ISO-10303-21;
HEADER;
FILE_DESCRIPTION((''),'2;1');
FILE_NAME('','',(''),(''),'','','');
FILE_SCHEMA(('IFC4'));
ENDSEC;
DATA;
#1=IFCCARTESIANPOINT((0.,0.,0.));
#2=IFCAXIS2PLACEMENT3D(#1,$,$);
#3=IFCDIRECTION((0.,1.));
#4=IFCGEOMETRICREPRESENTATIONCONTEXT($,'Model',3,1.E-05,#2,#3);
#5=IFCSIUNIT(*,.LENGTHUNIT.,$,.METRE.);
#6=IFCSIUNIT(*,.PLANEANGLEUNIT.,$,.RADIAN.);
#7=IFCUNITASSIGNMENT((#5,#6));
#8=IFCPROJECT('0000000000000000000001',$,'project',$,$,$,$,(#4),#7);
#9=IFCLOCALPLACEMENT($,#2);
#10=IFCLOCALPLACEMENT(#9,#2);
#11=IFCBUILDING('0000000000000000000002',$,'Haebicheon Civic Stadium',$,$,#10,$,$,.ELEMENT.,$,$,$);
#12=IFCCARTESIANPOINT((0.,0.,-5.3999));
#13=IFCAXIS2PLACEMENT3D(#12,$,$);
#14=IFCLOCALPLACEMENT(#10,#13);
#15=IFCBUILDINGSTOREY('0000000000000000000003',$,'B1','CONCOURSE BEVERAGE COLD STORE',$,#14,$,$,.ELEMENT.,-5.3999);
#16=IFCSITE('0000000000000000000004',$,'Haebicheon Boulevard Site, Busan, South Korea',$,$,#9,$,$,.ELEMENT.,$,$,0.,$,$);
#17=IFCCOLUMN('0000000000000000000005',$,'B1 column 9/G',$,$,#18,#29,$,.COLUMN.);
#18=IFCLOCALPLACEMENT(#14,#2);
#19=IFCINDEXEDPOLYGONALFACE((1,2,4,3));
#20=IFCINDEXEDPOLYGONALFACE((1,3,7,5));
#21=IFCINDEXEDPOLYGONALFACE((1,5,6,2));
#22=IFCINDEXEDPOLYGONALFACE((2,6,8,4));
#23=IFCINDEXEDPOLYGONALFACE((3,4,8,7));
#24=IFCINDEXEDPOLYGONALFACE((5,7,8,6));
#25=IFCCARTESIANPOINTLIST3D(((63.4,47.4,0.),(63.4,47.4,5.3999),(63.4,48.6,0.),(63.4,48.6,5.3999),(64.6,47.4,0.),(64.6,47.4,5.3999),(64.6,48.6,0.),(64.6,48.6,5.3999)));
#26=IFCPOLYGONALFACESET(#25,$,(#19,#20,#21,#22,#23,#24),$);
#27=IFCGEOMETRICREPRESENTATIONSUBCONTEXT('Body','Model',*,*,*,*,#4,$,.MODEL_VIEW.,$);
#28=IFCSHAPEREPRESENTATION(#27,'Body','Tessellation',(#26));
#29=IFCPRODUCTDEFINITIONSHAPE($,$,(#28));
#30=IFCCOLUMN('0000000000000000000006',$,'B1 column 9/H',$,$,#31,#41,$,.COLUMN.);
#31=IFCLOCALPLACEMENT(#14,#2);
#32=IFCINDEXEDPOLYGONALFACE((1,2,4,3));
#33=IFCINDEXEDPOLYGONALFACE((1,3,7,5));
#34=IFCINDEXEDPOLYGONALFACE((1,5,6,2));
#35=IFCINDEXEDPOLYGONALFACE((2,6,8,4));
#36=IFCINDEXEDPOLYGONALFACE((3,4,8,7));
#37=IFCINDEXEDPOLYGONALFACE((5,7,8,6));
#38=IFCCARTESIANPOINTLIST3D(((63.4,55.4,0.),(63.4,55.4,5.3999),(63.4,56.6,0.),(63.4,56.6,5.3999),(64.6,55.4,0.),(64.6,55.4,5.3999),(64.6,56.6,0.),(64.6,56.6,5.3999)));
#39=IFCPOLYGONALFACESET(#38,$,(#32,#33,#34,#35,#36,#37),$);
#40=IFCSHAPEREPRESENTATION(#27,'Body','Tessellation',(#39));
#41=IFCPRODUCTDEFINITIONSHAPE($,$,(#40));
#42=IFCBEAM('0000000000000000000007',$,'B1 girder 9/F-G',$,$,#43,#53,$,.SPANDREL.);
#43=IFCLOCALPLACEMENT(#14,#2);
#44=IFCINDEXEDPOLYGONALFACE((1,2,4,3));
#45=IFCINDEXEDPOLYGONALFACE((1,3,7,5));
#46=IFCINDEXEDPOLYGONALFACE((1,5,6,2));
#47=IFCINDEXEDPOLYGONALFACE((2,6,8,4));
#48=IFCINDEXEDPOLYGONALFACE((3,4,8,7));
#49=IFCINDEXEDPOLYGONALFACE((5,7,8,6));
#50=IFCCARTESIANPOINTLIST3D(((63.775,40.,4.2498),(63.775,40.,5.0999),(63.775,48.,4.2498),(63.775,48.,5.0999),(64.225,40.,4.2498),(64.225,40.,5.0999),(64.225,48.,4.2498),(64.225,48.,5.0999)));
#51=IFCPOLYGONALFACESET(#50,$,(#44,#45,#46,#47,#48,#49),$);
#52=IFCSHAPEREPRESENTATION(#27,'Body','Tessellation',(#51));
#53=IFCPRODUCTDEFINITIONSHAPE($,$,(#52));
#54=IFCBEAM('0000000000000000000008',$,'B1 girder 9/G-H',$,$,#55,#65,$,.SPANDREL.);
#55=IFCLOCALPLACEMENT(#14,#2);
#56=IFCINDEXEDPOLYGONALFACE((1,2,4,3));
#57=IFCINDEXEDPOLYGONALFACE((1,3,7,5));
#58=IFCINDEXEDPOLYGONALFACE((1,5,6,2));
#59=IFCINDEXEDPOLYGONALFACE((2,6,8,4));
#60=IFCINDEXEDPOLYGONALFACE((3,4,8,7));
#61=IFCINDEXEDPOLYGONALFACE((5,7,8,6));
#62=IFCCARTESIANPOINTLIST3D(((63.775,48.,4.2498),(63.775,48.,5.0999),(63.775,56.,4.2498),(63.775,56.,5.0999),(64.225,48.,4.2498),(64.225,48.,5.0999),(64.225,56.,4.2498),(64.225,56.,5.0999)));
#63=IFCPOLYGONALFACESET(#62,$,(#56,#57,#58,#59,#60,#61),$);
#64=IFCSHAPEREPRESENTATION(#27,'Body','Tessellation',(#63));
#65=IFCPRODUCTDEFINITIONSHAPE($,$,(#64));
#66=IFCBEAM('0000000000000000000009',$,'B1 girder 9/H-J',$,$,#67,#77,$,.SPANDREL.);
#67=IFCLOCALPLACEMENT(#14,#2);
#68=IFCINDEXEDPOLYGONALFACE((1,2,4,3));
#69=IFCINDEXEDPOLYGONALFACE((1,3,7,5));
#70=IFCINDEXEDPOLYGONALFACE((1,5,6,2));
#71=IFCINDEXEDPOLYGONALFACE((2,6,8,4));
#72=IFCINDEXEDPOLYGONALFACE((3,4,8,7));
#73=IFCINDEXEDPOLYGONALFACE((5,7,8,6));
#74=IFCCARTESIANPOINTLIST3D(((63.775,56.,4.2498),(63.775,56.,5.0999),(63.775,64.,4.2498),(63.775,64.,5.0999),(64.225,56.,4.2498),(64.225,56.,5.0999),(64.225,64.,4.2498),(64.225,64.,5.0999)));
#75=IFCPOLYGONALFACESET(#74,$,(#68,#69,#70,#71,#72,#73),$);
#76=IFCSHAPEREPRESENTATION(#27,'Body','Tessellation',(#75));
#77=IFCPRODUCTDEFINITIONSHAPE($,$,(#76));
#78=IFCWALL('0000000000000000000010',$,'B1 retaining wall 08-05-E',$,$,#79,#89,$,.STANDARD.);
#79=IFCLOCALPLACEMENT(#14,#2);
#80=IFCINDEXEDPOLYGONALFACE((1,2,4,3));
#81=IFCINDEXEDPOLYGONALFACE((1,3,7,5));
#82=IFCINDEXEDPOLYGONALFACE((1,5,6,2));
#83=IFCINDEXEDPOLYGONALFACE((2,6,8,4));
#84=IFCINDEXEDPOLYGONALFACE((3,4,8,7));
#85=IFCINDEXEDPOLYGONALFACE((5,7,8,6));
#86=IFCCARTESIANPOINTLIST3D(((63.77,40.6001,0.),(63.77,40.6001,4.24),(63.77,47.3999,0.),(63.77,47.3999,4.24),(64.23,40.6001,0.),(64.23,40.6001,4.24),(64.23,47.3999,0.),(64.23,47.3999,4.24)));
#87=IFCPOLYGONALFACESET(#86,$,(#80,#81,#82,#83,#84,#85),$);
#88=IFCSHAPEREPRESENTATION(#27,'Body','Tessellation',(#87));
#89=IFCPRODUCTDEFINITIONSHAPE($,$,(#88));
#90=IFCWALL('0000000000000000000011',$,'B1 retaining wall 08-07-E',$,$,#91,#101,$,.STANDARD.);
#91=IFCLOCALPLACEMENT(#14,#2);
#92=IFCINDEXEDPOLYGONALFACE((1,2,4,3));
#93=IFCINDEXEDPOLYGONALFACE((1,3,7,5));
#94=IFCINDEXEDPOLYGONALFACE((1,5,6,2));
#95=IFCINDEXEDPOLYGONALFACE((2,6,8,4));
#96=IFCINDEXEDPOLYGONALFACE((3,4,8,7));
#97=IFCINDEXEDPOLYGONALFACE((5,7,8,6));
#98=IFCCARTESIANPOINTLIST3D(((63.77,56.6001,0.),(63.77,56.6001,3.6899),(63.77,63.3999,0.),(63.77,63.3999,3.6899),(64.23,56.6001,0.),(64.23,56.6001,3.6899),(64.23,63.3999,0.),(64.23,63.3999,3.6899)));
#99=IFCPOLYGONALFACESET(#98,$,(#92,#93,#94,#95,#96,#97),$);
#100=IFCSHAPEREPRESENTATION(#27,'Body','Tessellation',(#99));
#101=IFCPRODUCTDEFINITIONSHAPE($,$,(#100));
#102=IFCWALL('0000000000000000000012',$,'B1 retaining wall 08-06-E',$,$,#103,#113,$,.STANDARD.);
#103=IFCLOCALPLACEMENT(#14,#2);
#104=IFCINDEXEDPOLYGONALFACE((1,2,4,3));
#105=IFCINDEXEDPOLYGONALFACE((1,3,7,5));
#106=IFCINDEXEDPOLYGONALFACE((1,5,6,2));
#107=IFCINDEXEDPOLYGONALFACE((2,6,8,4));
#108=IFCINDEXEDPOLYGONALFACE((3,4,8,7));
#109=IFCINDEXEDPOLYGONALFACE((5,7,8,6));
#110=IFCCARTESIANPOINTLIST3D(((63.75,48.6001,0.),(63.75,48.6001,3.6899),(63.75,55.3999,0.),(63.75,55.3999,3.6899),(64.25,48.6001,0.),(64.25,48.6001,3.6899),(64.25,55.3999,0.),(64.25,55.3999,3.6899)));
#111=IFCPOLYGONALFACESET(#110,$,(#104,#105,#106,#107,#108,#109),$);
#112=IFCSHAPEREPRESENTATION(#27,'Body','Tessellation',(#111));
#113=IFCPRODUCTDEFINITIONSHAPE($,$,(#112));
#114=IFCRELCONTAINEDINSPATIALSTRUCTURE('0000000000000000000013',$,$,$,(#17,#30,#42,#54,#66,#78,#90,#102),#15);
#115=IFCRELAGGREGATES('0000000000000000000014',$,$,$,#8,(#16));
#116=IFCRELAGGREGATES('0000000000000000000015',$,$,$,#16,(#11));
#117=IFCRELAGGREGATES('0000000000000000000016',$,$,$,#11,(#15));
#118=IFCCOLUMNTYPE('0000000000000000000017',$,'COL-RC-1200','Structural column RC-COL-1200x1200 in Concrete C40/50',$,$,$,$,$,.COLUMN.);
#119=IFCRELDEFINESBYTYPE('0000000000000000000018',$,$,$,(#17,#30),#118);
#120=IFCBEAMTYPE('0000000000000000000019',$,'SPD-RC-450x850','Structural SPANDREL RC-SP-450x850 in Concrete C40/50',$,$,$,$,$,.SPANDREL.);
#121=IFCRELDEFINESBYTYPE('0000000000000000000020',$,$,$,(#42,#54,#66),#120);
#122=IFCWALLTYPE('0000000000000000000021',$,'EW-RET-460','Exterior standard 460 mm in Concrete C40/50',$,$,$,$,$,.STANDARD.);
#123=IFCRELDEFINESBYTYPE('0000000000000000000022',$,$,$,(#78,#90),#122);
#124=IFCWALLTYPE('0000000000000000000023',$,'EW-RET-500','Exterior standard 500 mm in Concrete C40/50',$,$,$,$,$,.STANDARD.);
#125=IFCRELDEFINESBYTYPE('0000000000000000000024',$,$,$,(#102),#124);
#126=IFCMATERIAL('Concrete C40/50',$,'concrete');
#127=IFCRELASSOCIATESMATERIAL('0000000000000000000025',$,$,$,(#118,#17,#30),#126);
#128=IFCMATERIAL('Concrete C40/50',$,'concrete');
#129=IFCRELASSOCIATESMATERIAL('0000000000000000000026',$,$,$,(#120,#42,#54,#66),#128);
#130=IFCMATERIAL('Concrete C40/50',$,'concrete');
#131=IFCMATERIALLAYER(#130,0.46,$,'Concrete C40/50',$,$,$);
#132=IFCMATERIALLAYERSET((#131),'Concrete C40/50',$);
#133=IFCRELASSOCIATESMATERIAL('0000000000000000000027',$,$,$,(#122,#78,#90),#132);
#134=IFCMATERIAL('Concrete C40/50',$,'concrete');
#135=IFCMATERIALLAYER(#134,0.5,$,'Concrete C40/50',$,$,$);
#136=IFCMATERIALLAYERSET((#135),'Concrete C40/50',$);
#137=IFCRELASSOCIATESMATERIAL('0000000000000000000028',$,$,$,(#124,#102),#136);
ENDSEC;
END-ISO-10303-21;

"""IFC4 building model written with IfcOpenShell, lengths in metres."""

from ifc_helpers import new_model, si_unit, direction, frame, frame_2d, origin, origin_2d, place, context, subcontext, project, spatial, rectangle, extrude, material, layer, layer_set, material_profile, profile_set, type_object, element, save


model = new_model("IFC4")

# Units and contexts
model_context = context("Model", 3, precision=1e-05, world=origin(), true_north=direction((0.0, 1.0)))
body_context = subcontext(model_context, "Body", "Model", "MODEL_VIEW")
ifc_project = project(units=[si_unit("LENGTHUNIT", "METRE"), si_unit("PLANEANGLEUNIT", "RADIAN")], contexts=[model_context])

# Site, building, storey
site_placement = place(None, origin())
site = spatial("IfcSite", under=ifc_project, at=site_placement, Name="Haebicheon Boulevard Site, Busan, South Korea", CompositionType="ELEMENT", RefElevation=0.0)
building_placement = place(site_placement, origin())
building = spatial("IfcBuilding", under=site, at=building_placement, Name="Haebicheon Civic Stadium", CompositionType="ELEMENT")
storey_placement = place(building_placement, frame((0.0, 0.0, -5.3999)))
storey = spatial("IfcBuildingStorey", under=building, at=storey_placement, Name="B1", Description="CONCOURSE BEVERAGE COLD STORE", CompositionType="ELEMENT", Elevation=-5.3999)

# Columns
ifc_material_1 = material(Name="Concrete C40/50", Category="concrete")
ifc_material_profile_1 = material_profile(ifc_material_1, rectangle(XDim=1.2, YDim=1.2, at=origin_2d()), Name="RC-COL-1200x1200")
ifc_profile_set_1 = profile_set([ifc_material_profile_1], Name="Concrete C40/50")
column_type = type_object("IfcColumnType", Name="COL-RC-1200", Description="Structural column RC-COL-1200x1200 in Concrete C40/50", PredefinedType="COLUMN", material=ifc_profile_set_1)
for number, where, z_axis, x_axis, name in (
    (1, (64.0, 48.0, 0.0), (0.0, 0.0, 1.0), (1.0, 0.0, 0.0), "B1 column 9/G"),
    (2, (64.0, 56.0, 0.0), (0.0, 0.0, 1.0), (1.0, 0.0, 0.0), "B1 column 9/H"),
):
    element("IfcColumn", number, at=place(storey_placement, frame(where, z_axis=z_axis, x_axis=x_axis)), inside=storey, type_object=column_type, material=ifc_profile_set_1, Name=name, PredefinedType="COLUMN", context=body_context, shape_type="SweptSolid", body=[
        extrude(rectangle(XDim=1.2, YDim=1.2, at=origin_2d()), origin(), (0.0, 0.0, 1.0), 5.3999),
    ])

# Beams
ifc_material_2 = material(Name="Concrete C40/50", Category="concrete")
ifc_material_profile_2 = material_profile(ifc_material_2, rectangle(XDim=0.45, YDim=0.8501, at=origin_2d()), Name="RC-SP-450x850")
ifc_profile_set_2 = profile_set([ifc_material_profile_2], Name="Concrete C40/50")
beam_type = type_object("IfcBeamType", Name="SPD-RC-450x850", Description="Structural SPANDREL RC-SP-450x850 in Concrete C40/50", PredefinedType="SPANDREL", material=ifc_profile_set_2)
for number, where, z_axis, x_axis, name in (
    (3, (64.0, 40.0, 4.6748), (0.0, 1.0, 0.0), (-1.0, 0.0, 0.0), "B1 girder 9/F-G"),
    (4, (64.0, 48.0, 4.6748), (0.0, 1.0, 0.0), (-1.0, 0.0, 0.0), "B1 girder 9/G-H"),
    (5, (64.0, 56.0, 4.6748), (0.0, 1.0, 0.0), (-1.0, 0.0, 0.0), "B1 girder 9/H-J"),
):
    element("IfcBeam", number, at=place(storey_placement, frame(where, z_axis=z_axis, x_axis=x_axis)), inside=storey, type_object=beam_type, material=ifc_profile_set_2, Name=name, PredefinedType="SPANDREL", context=body_context, shape_type="SweptSolid", body=[
        extrude(rectangle(XDim=0.45, YDim=0.8501, at=origin_2d()), origin(), (0.0, 0.0, 1.0), 8.0),
    ])

# Walls
ifc_material_3 = material(Name="Concrete C40/50", Category="concrete")
ifc_layer_1 = layer(ifc_material_3, 0.46, Name="Concrete C40/50")
ifc_layer_set_1 = layer_set([ifc_layer_1], Name="Concrete C40/50")
wall_type_1 = type_object("IfcWallType", Name="EW-RET-460", Description="Exterior standard 460 mm in Concrete C40/50", PredefinedType="STANDARD", material=ifc_layer_set_1)
wall_1_placement = place(storey_placement, frame((64.0, 40.6001, 0.0), z_axis=(0.0, 0.0, 1.0), x_axis=(0.0, 1.0, 0.0)))
element("IfcWall", 6, at=wall_1_placement, inside=storey, type_object=wall_type_1, material=ifc_layer_set_1, Name="B1 retaining wall 08-05-E", PredefinedType="STANDARD", context=body_context, shape_type="SweptSolid", body=[
    extrude(rectangle(XDim=6.7998, YDim=0.46, at=frame_2d((3.3999, 0.0))), origin(), (0.0, 0.0, 1.0), 4.24),
])
wall_2_placement = place(storey_placement, frame((64.0, 56.6001, 0.0), z_axis=(0.0, 0.0, 1.0), x_axis=(0.0, 1.0, 0.0)))
element("IfcWall", 7, at=wall_2_placement, inside=storey, type_object=wall_type_1, material=ifc_layer_set_1, Name="B1 retaining wall 08-07-E", PredefinedType="STANDARD", context=body_context, shape_type="SweptSolid", body=[
    extrude(rectangle(XDim=6.7998, YDim=0.46, at=frame_2d((3.3999, 0.0))), origin(), (0.0, 0.0, 1.0), 3.6899),
])
ifc_material_4 = material(Name="Concrete C40/50", Category="concrete")
ifc_layer_2 = layer(ifc_material_4, 0.5, Name="Concrete C40/50")
ifc_layer_set_2 = layer_set([ifc_layer_2], Name="Concrete C40/50")
wall_type_2 = type_object("IfcWallType", Name="EW-RET-500", Description="Exterior standard 500 mm in Concrete C40/50", PredefinedType="STANDARD", material=ifc_layer_set_2)
wall_3_placement = place(storey_placement, frame((64.0, 48.6001, 0.0), z_axis=(0.0, 0.0, 1.0), x_axis=(0.0, 1.0, 0.0)))
element("IfcWall", 8, at=wall_3_placement, inside=storey, type_object=wall_type_2, material=ifc_layer_set_2, Name="B1 retaining wall 08-06-E", PredefinedType="STANDARD", context=body_context, shape_type="SweptSolid", body=[
    extrude(rectangle(XDim=6.7998, YDim=0.5, at=frame_2d((3.3999, 0.0))), origin(), (0.0, 0.0, 1.0), 3.6899),
])

save(model, "model.ifc")
